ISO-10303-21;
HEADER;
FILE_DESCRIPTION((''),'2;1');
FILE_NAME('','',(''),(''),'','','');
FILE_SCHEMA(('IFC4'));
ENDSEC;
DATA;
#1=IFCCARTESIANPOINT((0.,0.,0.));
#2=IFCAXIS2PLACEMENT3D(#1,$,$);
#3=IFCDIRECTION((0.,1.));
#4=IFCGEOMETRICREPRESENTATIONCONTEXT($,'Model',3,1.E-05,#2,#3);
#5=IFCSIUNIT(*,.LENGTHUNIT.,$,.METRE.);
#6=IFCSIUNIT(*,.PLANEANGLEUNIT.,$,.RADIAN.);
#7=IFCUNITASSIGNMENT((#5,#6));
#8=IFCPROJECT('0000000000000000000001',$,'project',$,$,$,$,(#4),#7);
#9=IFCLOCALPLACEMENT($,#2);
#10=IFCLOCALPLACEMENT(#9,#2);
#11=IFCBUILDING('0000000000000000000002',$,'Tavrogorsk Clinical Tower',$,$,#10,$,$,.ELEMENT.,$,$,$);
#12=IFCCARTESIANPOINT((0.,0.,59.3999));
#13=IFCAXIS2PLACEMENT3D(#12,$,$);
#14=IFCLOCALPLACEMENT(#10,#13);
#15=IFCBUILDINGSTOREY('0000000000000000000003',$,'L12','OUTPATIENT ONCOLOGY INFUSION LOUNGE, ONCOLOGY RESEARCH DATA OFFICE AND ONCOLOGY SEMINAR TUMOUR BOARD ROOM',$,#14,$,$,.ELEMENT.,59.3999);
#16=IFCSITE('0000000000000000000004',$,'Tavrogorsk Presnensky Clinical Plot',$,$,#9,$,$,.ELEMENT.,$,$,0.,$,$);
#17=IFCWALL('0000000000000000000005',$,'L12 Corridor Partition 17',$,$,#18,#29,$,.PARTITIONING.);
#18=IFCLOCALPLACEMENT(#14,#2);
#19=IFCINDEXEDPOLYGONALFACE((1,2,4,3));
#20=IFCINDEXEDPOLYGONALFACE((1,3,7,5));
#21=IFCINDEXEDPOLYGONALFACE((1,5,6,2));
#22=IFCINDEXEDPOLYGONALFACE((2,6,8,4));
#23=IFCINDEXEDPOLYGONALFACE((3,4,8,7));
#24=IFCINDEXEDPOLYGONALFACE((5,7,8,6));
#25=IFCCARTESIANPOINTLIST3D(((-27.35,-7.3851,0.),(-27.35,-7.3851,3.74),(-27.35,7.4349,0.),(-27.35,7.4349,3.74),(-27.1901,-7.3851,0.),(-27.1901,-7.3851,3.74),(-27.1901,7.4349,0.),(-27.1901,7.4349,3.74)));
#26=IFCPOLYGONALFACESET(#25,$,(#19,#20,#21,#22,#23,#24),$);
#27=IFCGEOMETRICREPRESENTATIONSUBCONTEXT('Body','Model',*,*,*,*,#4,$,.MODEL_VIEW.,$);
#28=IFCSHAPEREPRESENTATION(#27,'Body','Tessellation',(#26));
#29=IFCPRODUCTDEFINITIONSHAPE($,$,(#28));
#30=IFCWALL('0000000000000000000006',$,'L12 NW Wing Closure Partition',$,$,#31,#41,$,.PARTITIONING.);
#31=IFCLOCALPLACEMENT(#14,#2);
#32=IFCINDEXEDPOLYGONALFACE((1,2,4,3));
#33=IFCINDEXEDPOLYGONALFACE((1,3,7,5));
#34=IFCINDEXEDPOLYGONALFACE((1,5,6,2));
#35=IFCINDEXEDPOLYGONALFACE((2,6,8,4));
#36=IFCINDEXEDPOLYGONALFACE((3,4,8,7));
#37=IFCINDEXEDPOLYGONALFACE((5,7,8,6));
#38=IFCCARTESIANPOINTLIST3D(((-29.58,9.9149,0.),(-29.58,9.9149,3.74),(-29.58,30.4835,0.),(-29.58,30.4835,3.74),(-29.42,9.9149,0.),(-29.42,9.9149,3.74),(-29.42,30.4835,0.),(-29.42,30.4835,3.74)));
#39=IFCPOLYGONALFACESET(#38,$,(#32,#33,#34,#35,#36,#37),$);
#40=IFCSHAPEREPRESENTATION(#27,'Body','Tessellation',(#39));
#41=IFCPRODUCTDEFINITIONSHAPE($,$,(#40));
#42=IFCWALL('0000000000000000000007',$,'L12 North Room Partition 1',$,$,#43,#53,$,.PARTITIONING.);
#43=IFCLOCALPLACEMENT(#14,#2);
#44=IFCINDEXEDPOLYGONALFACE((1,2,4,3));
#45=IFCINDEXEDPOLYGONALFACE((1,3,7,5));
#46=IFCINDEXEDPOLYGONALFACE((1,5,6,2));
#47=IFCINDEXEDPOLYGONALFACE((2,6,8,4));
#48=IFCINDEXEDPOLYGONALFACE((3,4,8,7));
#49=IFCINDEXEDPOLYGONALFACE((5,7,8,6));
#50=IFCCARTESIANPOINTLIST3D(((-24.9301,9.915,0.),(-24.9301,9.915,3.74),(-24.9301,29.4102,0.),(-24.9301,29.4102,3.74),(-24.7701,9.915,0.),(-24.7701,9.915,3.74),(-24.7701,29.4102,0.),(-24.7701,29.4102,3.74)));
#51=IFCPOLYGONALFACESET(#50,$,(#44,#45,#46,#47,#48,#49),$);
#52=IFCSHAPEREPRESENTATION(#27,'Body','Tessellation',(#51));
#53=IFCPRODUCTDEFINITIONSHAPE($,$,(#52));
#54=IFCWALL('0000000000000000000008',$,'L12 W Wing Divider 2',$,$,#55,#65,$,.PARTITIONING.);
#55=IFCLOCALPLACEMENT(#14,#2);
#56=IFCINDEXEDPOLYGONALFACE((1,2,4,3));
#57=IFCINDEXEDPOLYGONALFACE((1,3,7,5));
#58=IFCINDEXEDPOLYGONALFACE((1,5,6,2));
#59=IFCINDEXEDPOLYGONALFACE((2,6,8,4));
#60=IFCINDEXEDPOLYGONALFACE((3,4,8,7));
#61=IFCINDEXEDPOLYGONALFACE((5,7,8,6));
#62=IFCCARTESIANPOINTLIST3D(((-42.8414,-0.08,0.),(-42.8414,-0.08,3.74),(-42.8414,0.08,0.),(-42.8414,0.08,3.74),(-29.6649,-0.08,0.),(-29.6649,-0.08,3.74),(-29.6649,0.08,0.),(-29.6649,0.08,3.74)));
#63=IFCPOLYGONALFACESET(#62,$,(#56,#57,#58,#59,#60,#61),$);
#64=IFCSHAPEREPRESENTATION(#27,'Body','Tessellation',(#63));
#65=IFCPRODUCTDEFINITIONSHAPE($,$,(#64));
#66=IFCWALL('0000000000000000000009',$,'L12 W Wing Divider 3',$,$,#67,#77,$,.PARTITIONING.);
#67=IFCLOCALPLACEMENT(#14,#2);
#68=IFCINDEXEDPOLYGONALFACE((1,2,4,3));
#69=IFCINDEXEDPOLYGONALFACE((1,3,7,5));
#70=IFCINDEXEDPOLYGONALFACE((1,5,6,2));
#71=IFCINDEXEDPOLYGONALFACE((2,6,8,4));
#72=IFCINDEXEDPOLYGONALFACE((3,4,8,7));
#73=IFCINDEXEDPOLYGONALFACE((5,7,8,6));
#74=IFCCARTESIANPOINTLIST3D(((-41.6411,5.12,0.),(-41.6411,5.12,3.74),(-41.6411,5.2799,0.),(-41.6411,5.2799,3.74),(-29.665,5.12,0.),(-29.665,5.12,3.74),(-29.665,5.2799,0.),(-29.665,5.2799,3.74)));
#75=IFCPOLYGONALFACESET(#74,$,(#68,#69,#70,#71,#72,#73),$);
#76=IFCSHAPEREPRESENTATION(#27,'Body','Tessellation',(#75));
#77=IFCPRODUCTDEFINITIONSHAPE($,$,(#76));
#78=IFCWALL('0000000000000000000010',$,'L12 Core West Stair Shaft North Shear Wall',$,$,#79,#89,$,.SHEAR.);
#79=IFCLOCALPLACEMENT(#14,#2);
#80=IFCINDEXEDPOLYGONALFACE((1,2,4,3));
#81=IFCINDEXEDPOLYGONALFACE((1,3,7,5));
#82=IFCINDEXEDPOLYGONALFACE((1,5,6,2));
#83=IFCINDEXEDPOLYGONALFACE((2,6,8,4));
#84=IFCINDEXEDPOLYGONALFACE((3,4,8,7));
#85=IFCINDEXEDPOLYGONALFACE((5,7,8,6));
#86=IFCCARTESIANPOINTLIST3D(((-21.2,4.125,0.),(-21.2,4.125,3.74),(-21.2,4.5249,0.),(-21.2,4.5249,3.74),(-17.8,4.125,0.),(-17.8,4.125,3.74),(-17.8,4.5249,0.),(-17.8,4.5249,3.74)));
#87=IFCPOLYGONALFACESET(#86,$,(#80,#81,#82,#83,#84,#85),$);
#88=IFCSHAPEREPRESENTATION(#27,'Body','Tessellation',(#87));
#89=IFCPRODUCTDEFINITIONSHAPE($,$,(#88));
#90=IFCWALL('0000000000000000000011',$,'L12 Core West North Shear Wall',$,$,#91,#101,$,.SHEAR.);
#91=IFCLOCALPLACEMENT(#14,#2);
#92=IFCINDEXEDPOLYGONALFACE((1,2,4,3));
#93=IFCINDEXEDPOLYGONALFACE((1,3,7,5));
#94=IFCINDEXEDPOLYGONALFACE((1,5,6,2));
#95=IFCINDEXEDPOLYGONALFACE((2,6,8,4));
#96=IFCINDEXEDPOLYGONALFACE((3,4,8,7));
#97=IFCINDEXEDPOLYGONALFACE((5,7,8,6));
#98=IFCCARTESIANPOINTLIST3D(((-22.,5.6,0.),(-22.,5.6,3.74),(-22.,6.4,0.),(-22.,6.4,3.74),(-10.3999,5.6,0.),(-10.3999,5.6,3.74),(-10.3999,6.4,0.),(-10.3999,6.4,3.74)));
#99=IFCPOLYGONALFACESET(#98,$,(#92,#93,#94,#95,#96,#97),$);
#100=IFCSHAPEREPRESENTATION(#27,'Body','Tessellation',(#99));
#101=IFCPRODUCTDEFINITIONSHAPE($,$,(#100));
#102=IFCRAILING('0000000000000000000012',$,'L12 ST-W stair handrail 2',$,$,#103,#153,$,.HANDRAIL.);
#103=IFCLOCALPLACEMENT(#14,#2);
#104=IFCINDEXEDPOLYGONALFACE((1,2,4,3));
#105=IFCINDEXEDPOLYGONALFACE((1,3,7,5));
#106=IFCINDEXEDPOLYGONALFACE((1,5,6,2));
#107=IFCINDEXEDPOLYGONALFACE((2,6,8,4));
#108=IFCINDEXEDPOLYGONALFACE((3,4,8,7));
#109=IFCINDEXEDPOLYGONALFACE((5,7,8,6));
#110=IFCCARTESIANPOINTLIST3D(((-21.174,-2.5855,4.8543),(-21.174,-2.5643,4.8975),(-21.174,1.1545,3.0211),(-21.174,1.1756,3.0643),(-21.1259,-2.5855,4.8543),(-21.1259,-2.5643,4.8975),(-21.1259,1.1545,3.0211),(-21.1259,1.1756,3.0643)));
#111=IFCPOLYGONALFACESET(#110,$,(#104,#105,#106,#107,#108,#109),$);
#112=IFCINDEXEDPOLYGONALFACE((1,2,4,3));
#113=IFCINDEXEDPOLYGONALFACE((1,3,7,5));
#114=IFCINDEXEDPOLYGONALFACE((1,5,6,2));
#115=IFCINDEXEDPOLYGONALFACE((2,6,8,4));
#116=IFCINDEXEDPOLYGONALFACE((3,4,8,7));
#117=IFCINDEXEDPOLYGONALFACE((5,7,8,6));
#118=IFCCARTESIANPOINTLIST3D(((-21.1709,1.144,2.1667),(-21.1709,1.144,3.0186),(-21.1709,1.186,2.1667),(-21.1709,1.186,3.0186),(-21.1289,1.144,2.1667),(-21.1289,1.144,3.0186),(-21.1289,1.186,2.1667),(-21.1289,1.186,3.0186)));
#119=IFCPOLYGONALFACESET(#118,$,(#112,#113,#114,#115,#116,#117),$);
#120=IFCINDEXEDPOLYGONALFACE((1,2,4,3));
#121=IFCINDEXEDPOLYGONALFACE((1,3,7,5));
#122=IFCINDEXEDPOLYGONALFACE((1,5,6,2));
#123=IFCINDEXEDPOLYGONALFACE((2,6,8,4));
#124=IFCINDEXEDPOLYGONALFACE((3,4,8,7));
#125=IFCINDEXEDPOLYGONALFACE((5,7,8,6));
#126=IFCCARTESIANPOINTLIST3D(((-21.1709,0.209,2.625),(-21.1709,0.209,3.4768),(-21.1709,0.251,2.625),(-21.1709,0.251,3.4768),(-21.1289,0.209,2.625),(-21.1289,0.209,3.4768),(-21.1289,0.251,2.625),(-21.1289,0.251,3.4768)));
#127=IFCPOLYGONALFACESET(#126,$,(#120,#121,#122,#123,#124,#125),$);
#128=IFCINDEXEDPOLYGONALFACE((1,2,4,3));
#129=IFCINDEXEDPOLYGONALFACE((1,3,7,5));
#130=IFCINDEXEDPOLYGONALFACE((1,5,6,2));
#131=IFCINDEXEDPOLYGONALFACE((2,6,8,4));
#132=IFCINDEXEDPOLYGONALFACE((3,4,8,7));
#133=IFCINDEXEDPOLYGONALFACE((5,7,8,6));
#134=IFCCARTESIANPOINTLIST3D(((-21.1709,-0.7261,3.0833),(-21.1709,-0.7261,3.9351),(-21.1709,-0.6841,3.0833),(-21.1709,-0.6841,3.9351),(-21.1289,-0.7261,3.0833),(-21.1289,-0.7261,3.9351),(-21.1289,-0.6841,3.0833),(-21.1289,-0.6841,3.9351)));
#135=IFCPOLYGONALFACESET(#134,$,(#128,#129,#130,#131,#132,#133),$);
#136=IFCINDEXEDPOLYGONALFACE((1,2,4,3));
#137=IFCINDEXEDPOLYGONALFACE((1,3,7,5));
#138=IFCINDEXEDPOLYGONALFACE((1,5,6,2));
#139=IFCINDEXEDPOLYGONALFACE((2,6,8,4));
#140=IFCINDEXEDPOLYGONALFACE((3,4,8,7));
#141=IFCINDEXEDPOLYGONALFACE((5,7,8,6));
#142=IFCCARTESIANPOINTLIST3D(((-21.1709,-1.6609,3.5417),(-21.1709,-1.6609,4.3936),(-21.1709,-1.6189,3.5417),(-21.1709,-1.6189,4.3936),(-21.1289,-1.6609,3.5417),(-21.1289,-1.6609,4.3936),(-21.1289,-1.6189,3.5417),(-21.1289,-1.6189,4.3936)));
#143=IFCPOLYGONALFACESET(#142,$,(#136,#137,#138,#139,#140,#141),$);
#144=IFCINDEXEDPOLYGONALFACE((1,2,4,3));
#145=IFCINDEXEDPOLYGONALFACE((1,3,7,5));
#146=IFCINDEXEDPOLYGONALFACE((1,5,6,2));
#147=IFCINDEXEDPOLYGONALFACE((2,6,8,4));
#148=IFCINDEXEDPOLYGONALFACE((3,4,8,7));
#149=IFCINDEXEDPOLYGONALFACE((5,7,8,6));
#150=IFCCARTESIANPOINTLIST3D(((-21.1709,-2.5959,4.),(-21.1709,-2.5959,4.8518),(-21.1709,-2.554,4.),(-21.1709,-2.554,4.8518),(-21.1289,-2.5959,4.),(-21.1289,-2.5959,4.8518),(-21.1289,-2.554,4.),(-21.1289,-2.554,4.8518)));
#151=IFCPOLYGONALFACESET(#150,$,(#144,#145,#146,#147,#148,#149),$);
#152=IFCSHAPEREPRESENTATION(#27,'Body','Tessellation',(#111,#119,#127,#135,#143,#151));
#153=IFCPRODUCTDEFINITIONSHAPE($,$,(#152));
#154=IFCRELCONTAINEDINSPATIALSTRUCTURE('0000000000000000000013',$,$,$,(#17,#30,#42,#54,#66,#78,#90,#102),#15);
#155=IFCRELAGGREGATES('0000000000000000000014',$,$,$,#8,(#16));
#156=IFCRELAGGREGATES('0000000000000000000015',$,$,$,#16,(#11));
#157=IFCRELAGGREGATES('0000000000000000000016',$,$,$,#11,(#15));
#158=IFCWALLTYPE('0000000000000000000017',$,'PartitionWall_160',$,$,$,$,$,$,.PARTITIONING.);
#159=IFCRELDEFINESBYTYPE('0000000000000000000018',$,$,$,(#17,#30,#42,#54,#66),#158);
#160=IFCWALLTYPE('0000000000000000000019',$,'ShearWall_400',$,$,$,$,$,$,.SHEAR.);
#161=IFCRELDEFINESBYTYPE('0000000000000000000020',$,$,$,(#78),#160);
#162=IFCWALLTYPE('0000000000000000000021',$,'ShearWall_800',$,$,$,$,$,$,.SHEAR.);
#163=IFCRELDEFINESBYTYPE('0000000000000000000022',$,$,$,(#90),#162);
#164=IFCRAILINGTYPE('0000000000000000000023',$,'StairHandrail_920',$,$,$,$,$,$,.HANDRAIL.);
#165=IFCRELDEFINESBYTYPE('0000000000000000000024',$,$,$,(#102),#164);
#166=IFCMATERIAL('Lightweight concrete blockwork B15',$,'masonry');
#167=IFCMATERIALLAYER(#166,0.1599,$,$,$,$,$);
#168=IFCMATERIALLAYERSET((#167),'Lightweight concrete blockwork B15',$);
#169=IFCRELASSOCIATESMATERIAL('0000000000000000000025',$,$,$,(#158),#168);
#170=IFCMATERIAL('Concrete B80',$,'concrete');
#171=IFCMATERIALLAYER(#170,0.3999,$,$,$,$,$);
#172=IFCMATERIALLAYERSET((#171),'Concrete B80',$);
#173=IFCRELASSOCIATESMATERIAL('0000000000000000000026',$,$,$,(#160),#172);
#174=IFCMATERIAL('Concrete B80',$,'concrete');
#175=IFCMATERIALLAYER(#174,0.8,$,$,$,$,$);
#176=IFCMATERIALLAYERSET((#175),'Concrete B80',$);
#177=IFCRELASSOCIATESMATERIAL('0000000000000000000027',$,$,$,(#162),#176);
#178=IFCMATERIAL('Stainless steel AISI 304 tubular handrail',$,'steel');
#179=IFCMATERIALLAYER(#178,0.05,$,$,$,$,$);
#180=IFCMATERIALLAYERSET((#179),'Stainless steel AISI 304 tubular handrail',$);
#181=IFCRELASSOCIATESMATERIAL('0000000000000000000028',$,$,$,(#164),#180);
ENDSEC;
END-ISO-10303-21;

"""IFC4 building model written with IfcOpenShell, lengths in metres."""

from ifc_helpers import new_model, si_unit, direction, frame, frame_2d, origin, origin_2d, place, context, subcontext, project, spatial, rectangle, extrude, material, layer, layer_set, type_object, element, save


model = new_model("IFC4")

# Units and contexts
model_context = context("Model", 3, precision=1e-05, world=origin(), true_north=direction((0.0, 1.0)))
body_context = subcontext(model_context, "Body", "Model", "MODEL_VIEW")
ifc_project = project(units=[si_unit("LENGTHUNIT", "METRE"), si_unit("PLANEANGLEUNIT", "RADIAN")], contexts=[model_context])

# Site, building, storey
site_placement = place(None, origin())
site = spatial("IfcSite", under=ifc_project, at=site_placement, Name="Tavrogorsk Presnensky Clinical Plot", CompositionType="ELEMENT", RefElevation=0.0)
building_placement = place(site_placement, origin())
building = spatial("IfcBuilding", under=site, at=building_placement, Name="Tavrogorsk Clinical Tower", CompositionType="ELEMENT")
storey_placement = place(building_placement, frame((0.0, 0.0, 59.3999)))
storey = spatial("IfcBuildingStorey", under=building, at=storey_placement, Name="L12", Description="OUTPATIENT ONCOLOGY INFUSION LOUNGE, ONCOLOGY RESEARCH DATA OFFICE AND ONCOLOGY SEMINAR TUMOUR BOARD ROOM", CompositionType="ELEMENT", Elevation=59.3999)

# Shared definitions
ifc_material_1 = material(Name="Lightweight concrete blockwork B15", Category="masonry")
ifc_layer_1 = layer(ifc_material_1, 0.1599)
ifc_layer_set_1 = layer_set([ifc_layer_1], Name="Lightweight concrete blockwork B15")
wall_type_1 = type_object("IfcWallType", Name="PartitionWall_160", PredefinedType="PARTITIONING", material=ifc_layer_set_1)

# Walls
wall_1_placement = place(storey_placement, frame((-27.27, 7.4351, 0.0), z_axis=(0.0, 0.0, 1.0), x_axis=(0.0, -1.0, 0.0)))
element("IfcWall", 1, at=wall_1_placement, inside=storey, type_object=wall_type_1, Name="L12 Corridor Partition 17", PredefinedType="PARTITIONING", context=body_context, shape_type="SweptSolid", body=[
    extrude(rectangle(XDim=14.8201, YDim=0.1599, at=frame_2d((7.4102, 0.0))), origin(), (0.0, 0.0, 1.0), 3.74),
])
wall_2_placement = place(storey_placement, frame((-29.5, 9.915, 0.0), z_axis=(0.0, 0.0, 1.0), x_axis=(0.0, 1.0, 0.0)))
element("IfcWall", 2, at=wall_2_placement, inside=storey, type_object=wall_type_1, Name="L12 NW Wing Closure Partition", PredefinedType="PARTITIONING", context=body_context, shape_type="SweptSolid", body=[
    extrude(rectangle(XDim=20.5686, YDim=0.1599, at=frame_2d((10.2842, 0.0))), origin(), (0.0, 0.0, 1.0), 3.74),
])
wall_3_placement = place(storey_placement, frame((-24.8501, 9.915, 0.0), z_axis=(0.0, 0.0, 1.0), x_axis=(0.0, 1.0, 0.0)))
element("IfcWall", 3, at=wall_3_placement, inside=storey, type_object=wall_type_1, Name="L12 North Room Partition 1", PredefinedType="PARTITIONING", context=body_context, shape_type="SweptSolid", body=[
    extrude(rectangle(XDim=19.4951, YDim=0.1599, at=frame_2d((9.7476, 0.0))), origin(), (0.0, 0.0, 1.0), 3.74),
])
wall_4_placement = place(storey_placement, frame((-42.8416, 0.0, 0.0), z_axis=(0.0, 0.0, 1.0), x_axis=(1.0, 0.0, 0.0)))
element("IfcWall", 4, at=wall_4_placement, inside=storey, type_object=wall_type_1, Name="L12 W Wing Divider 2", PredefinedType="PARTITIONING", context=body_context, shape_type="SweptSolid", body=[
    extrude(rectangle(XDim=13.1765, YDim=0.1599, at=frame_2d((6.5884, 0.0))), origin(), (0.0, 0.0, 1.0), 3.74),
])
wall_5_placement = place(storey_placement, frame((-41.6411, 5.2, 0.0), z_axis=(0.0, 0.0, 1.0), x_axis=(1.0, 0.0, 0.0)))
element("IfcWall", 5, at=wall_5_placement, inside=storey, type_object=wall_type_1, Name="L12 W Wing Divider 3", PredefinedType="PARTITIONING", context=body_context, shape_type="SweptSolid", body=[
    extrude(rectangle(XDim=11.9761, YDim=0.1599, at=frame_2d((5.988, 0.0))), origin(), (0.0, 0.0, 1.0), 3.74),
])
ifc_material_2 = material(Name="Concrete B80", Category="concrete")
ifc_layer_2 = layer(ifc_material_2, 0.3999)
ifc_layer_set_2 = layer_set([ifc_layer_2], Name="Concrete B80")
wall_type_2 = type_object("IfcWallType", Name="ShearWall_400", PredefinedType="SHEAR", material=ifc_layer_set_2)
wall_6_placement = place(storey_placement, frame((-21.2, 4.325, 0.0), z_axis=(0.0, 0.0, 1.0), x_axis=(1.0, 0.0, 0.0)))
element("IfcWall", 6, at=wall_6_placement, inside=storey, type_object=wall_type_2, Name="L12 Core West Stair Shaft North Shear Wall", PredefinedType="SHEAR", context=body_context, shape_type="SweptSolid", body=[
    extrude(rectangle(XDim=3.3999, YDim=0.3999, at=frame_2d((1.7, 0.0))), origin(), (0.0, 0.0, 1.0), 3.74),
])
ifc_material_3 = material(Name="Concrete B80", Category="concrete")
ifc_layer_3 = layer(ifc_material_3, 0.8)
ifc_layer_set_3 = layer_set([ifc_layer_3], Name="Concrete B80")
wall_type_3 = type_object("IfcWallType", Name="ShearWall_800", PredefinedType="SHEAR", material=ifc_layer_set_3)
wall_7_placement = place(storey_placement, frame((-22.0, 6.0, 0.0), z_axis=(0.0, 0.0, 1.0), x_axis=(1.0, 0.0, 0.0)))
element("IfcWall", 7, at=wall_7_placement, inside=storey, type_object=wall_type_3, Name="L12 Core West North Shear Wall", PredefinedType="SHEAR", context=body_context, shape_type="SweptSolid", body=[
    extrude(rectangle(XDim=11.6001, YDim=0.8, at=frame_2d((5.8, 0.0))), origin(), (0.0, 0.0, 1.0), 3.74),
])

# Railing
ifc_material_4 = material(Name="Stainless steel AISI 304 tubular handrail", Category="steel")
ifc_layer_4 = layer(ifc_material_4, 0.05)
ifc_layer_set_4 = layer_set([ifc_layer_4], Name="Stainless steel AISI 304 tubular handrail")
railing_type = type_object("IfcRailingType", Name="StairHandrail_920", PredefinedType="HANDRAIL", material=ifc_layer_set_4)
railing_placement = place(storey_placement, frame((-21.1499, 1.165, 2.1667)))
element("IfcRailing", 8, at=railing_placement, inside=storey, type_object=railing_type, Name="L12 ST-W stair handrail 2", PredefinedType="HANDRAIL", context=body_context, shape_type="SweptSolid", body=[
    extrude(rectangle(XDim=0.0481, YDim=0.0481, at=origin_2d()), frame((0.0, 0.0, 0.876), z_axis=(0.0, -0.897928, 0.440142), x_axis=(1.0, 0.0, 0.0)), (0.0, 0.0, 1.0), 4.165),
    extrude(rectangle(XDim=0.042, YDim=0.042, at=origin_2d()), origin(), (0.0, 0.0, 1.0), 0.8518),
    extrude(rectangle(XDim=0.042, YDim=0.042, at=origin_2d()), frame((0.0, -0.9351, 0.4583)), (0.0, 0.0, 1.0), 0.8518),
    extrude(rectangle(XDim=0.042, YDim=0.042, at=origin_2d()), frame((0.0, -1.8701, 0.9165)), (0.0, 0.0, 1.0), 0.8518),
    extrude(rectangle(XDim=0.042, YDim=0.042, at=origin_2d()), frame((0.0, -2.8049, 1.375)), (0.0, 0.0, 1.0), 0.8518),
    extrude(rectangle(XDim=0.042, YDim=0.042, at=origin_2d()), frame((0.0, -3.74, 1.8333)), (0.0, 0.0, 1.0), 0.8518),
])

save(model, "model.ifc")
